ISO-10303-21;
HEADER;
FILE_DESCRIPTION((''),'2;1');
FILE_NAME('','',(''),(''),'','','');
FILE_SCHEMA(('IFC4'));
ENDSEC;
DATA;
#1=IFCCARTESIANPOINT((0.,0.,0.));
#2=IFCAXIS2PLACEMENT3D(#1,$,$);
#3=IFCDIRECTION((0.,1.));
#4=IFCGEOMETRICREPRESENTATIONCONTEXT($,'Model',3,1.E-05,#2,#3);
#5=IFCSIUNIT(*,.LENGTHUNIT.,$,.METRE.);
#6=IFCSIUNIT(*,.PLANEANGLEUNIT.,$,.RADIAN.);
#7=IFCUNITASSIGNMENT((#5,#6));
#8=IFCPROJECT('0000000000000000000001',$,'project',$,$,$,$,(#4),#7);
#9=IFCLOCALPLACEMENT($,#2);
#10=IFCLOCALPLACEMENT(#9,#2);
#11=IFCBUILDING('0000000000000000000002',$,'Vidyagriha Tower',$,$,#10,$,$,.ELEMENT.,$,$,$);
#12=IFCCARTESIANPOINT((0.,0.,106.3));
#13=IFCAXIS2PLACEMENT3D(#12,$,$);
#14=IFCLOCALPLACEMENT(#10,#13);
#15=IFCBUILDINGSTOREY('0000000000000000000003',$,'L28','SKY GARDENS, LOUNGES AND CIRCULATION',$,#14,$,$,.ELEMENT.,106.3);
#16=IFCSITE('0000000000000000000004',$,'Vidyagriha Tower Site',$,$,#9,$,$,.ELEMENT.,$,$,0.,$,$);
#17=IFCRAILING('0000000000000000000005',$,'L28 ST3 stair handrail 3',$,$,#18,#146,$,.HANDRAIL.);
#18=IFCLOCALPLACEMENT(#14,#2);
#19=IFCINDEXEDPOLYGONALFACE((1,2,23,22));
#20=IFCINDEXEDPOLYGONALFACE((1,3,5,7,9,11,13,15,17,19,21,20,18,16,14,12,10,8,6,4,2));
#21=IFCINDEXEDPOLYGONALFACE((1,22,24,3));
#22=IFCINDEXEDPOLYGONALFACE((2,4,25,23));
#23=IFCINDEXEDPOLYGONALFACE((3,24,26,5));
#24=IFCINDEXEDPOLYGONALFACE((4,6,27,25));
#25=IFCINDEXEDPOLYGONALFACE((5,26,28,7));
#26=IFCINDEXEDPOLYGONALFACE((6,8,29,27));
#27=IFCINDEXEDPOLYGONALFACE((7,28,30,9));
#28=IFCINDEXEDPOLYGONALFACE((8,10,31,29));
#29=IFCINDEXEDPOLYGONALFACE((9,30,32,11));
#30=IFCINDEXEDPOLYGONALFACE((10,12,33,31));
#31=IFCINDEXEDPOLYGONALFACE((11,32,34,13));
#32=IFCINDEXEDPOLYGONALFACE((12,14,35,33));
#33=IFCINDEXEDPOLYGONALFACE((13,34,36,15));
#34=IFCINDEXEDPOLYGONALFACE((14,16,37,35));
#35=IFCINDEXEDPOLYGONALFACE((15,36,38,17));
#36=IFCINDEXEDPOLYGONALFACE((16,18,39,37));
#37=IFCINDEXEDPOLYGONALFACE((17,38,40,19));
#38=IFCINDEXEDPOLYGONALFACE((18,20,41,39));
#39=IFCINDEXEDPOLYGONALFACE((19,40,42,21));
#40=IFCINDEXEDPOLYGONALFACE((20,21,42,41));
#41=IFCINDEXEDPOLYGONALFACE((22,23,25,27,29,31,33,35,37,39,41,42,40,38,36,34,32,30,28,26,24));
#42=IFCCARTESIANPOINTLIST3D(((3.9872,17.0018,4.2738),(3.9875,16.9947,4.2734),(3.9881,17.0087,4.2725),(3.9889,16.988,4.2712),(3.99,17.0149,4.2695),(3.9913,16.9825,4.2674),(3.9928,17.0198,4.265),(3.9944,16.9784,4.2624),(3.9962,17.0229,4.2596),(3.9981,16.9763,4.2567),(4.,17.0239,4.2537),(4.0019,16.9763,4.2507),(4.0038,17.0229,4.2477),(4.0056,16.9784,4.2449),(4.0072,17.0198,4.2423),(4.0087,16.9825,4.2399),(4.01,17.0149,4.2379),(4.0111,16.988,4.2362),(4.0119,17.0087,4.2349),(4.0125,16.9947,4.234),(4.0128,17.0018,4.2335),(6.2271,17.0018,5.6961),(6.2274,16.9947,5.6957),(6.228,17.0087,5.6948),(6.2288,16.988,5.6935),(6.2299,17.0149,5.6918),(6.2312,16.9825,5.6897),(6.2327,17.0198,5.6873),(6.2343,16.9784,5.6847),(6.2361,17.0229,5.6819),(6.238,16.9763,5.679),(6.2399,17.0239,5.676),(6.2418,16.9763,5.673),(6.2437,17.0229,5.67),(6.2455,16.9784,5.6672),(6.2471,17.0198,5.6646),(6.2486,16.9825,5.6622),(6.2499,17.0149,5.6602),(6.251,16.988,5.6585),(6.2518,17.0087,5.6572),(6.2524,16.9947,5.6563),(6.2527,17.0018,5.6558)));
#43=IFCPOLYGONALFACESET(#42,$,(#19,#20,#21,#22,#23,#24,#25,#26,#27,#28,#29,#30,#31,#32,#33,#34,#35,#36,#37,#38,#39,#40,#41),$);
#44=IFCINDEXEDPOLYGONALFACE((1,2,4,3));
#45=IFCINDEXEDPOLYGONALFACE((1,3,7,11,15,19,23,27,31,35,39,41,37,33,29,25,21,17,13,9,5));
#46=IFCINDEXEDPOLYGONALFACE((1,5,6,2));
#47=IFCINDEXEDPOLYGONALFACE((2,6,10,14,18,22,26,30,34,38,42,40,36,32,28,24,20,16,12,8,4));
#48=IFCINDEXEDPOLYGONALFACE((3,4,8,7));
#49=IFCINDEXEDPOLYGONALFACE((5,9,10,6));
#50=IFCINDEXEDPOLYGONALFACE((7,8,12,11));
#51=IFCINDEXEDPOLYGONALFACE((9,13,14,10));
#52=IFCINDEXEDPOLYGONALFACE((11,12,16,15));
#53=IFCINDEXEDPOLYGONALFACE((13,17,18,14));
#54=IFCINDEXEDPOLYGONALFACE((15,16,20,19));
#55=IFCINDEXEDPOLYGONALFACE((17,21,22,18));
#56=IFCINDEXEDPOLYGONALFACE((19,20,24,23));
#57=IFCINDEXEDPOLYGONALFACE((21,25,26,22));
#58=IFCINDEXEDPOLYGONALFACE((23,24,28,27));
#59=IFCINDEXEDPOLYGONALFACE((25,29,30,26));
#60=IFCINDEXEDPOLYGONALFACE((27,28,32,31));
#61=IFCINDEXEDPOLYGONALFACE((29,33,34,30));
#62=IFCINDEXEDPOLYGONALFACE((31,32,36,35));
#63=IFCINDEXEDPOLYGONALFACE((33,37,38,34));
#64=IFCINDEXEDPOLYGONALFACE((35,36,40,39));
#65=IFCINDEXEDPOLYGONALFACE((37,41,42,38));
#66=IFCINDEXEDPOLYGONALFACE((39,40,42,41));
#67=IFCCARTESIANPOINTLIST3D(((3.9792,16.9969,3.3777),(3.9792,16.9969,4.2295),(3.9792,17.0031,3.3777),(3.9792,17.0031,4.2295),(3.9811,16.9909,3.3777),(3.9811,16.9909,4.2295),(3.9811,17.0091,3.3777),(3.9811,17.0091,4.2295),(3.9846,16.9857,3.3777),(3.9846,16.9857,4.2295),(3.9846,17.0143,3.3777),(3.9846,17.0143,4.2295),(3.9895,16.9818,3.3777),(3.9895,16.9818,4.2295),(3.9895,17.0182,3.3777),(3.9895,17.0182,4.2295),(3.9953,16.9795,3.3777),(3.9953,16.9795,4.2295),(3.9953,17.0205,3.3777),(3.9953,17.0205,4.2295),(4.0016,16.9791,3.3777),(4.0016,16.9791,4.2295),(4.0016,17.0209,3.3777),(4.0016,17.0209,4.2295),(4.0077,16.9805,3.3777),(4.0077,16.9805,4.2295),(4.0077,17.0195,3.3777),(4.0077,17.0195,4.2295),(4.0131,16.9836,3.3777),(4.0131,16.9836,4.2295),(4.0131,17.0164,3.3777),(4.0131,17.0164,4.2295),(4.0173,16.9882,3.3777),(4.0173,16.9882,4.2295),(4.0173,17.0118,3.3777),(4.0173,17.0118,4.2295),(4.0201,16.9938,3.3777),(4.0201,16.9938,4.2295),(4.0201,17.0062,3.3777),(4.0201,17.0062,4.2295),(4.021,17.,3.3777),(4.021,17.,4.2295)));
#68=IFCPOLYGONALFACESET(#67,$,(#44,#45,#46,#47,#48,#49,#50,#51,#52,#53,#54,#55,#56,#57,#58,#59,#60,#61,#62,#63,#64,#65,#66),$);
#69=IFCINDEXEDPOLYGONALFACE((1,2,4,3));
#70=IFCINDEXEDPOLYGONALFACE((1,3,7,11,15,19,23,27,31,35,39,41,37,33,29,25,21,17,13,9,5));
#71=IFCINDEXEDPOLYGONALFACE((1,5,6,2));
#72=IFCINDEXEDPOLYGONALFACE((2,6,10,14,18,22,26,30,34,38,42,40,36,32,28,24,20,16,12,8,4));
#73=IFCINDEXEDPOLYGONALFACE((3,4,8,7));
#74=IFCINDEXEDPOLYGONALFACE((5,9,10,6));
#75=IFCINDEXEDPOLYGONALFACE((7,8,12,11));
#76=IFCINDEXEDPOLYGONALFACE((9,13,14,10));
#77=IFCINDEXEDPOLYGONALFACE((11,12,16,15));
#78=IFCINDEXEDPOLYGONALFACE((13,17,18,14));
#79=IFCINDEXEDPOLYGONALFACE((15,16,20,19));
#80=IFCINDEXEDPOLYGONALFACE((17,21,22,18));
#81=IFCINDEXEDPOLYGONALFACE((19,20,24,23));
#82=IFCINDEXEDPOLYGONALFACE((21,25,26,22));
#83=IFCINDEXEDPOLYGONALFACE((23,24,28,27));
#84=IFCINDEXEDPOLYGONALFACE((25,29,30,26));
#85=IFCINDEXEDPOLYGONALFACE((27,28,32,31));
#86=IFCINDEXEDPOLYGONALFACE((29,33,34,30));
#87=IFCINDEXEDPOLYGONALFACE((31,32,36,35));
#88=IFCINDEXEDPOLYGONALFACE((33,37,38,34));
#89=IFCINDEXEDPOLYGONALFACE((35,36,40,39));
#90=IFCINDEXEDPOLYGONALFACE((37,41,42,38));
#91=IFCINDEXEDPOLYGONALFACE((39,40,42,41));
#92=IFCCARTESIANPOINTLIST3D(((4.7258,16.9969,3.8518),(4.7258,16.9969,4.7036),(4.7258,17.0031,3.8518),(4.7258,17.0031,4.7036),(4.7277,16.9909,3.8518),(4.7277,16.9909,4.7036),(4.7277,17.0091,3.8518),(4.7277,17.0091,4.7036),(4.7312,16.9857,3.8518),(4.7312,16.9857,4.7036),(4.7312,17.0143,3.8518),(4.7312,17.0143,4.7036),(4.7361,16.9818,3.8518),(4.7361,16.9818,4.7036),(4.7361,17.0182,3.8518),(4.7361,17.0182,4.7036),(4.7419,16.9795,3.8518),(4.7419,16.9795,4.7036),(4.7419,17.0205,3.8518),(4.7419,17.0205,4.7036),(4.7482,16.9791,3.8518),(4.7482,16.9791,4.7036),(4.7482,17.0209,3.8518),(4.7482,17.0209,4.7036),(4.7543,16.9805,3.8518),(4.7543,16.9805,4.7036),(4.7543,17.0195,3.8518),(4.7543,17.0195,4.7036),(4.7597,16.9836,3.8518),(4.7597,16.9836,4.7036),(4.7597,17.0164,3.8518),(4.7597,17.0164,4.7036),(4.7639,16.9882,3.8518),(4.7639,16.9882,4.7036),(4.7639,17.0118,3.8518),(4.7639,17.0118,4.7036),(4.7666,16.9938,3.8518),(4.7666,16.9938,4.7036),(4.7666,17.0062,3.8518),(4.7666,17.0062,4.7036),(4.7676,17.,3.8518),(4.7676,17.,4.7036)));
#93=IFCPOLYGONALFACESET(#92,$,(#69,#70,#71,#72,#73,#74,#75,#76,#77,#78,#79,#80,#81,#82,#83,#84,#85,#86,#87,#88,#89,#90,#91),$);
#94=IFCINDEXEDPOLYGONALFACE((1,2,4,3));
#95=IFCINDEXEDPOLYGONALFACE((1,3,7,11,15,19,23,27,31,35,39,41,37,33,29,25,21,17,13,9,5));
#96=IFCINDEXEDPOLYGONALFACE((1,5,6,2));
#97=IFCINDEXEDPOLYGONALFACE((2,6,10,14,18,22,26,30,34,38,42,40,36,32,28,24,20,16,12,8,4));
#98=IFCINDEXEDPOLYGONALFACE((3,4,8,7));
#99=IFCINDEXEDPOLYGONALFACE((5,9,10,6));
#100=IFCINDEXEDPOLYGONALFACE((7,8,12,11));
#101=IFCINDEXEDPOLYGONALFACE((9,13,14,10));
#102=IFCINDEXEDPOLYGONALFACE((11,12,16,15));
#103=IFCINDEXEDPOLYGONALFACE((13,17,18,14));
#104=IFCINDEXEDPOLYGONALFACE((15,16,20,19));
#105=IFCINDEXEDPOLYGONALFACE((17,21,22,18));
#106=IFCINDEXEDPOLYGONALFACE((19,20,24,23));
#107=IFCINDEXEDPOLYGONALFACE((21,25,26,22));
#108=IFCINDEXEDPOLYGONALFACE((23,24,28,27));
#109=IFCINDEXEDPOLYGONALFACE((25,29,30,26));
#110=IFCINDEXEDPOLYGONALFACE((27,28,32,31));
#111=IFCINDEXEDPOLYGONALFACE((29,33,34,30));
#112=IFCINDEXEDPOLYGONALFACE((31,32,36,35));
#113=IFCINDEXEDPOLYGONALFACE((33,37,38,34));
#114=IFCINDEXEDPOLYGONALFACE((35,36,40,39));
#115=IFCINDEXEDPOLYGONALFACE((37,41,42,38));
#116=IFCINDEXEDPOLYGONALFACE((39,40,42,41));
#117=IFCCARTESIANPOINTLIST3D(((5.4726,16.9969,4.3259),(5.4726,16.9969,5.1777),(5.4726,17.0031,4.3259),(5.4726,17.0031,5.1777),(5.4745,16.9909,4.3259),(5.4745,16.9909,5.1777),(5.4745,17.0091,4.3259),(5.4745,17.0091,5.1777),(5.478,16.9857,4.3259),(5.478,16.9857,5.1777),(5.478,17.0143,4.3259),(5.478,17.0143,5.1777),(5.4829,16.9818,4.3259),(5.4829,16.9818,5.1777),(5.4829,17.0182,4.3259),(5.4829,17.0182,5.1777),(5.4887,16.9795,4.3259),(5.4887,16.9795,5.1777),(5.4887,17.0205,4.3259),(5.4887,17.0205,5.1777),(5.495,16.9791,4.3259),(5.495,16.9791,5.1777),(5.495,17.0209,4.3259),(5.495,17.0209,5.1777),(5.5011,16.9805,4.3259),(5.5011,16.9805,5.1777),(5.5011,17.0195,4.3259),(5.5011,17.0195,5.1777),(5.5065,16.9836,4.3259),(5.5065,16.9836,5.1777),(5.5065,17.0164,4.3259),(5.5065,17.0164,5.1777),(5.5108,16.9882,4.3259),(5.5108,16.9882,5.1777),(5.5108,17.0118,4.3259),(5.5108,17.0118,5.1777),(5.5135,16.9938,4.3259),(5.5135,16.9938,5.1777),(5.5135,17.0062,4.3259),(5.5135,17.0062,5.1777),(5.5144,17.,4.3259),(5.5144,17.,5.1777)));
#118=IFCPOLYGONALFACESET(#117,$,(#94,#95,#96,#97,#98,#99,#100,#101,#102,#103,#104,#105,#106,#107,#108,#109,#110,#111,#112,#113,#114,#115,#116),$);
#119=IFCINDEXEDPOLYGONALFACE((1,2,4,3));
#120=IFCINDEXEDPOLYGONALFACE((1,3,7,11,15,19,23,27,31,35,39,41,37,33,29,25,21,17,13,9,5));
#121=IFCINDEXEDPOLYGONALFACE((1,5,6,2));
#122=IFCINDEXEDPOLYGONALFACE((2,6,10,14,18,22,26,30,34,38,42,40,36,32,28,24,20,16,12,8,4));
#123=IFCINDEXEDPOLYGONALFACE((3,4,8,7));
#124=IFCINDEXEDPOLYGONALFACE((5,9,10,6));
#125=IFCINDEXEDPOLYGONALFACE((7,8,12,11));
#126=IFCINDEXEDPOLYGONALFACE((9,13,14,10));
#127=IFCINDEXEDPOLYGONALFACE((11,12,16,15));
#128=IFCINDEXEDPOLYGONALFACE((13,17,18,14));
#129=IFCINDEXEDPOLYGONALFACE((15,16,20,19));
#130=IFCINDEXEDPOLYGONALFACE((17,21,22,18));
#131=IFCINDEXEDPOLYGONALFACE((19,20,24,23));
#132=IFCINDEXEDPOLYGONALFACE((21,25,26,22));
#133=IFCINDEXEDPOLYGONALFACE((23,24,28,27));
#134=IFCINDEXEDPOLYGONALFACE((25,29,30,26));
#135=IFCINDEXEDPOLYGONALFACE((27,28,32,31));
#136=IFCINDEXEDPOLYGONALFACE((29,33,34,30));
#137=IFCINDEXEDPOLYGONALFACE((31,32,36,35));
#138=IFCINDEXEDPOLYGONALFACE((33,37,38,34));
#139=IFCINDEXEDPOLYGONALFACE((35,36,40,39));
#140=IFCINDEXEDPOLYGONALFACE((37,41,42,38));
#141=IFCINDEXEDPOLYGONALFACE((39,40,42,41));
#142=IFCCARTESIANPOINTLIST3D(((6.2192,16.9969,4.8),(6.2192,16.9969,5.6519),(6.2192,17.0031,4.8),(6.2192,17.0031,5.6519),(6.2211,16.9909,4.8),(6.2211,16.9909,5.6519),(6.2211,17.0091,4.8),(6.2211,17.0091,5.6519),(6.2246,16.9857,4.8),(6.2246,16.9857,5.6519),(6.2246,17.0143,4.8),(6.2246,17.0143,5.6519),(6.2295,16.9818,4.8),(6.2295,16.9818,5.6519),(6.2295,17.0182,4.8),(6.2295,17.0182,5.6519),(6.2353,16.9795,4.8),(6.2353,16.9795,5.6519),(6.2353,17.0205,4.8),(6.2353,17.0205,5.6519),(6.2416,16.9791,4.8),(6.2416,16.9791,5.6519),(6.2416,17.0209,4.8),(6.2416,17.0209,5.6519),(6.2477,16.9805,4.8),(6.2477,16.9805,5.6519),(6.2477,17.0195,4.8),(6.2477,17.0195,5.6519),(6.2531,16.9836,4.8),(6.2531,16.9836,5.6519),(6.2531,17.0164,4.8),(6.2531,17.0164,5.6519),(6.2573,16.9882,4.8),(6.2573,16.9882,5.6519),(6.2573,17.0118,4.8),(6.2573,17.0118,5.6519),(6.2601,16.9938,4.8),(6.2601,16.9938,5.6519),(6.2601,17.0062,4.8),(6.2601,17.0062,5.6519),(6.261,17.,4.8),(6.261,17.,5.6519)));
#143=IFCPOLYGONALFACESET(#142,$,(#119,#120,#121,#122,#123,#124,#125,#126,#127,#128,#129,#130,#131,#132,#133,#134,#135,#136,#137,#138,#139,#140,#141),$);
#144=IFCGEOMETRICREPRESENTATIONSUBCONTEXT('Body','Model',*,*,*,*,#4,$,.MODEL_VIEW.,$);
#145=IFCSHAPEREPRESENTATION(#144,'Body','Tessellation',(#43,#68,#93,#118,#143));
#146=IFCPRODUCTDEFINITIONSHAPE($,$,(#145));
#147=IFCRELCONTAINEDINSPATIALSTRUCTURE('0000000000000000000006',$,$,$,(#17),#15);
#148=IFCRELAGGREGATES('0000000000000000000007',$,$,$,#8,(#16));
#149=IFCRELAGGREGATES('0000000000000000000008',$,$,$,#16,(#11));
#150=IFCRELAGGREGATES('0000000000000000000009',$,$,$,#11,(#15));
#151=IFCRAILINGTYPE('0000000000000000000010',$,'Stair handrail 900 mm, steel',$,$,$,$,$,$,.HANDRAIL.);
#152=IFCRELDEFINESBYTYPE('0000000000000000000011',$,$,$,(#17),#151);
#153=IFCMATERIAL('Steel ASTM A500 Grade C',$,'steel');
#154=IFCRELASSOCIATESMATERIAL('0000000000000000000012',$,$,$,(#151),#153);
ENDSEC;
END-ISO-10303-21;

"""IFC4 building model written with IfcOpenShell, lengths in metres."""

from ifc_helpers import new_model, si_unit, direction, frame, origin, origin_2d, place, context, subcontext, project, spatial, circle, extrude, material, type_object, element, save


model = new_model("IFC4")

# Units and contexts
model_context = context("Model", 3, precision=1e-05, world=origin(), true_north=direction((0.0, 1.0)))
body_context = subcontext(model_context, "Body", "Model", "MODEL_VIEW")
ifc_project = project(units=[si_unit("LENGTHUNIT", "METRE"), si_unit("PLANEANGLEUNIT", "RADIAN")], contexts=[model_context])

# Site, building, storey
site_placement = place(None, origin())
site = spatial("IfcSite", under=ifc_project, at=site_placement, Name="Vidyagriha Tower Site", CompositionType="ELEMENT", RefElevation=0.0)
building_placement = place(site_placement, origin())
building = spatial("IfcBuilding", under=site, at=building_placement, Name="Vidyagriha Tower", CompositionType="ELEMENT")
storey_placement = place(building_placement, frame((0.0, 0.0, 106.3)))
storey = spatial("IfcBuildingStorey", under=building, at=storey_placement, Name="L28", Description="SKY GARDENS, LOUNGES AND CIRCULATION", CompositionType="ELEMENT", Elevation=106.3)

# Railing
ifc_material_1 = material(Name="Steel ASTM A500 Grade C", Category="steel")
railing_type_1 = type_object("IfcRailingType", Name="Stair handrail 900 mm, steel", PredefinedType="HANDRAIL", material=ifc_material_1)
for number, where, name in (
    (1, (4.0, 17.0, 3.3777), "L28 ST3 stair handrail 3"),
):
    element("IfcRailing", number, at=place(storey_placement, frame(where)), inside=storey, type_object=railing_type_1, Name=name, PredefinedType="HANDRAIL", context=body_context, shape_type="SweptSolid", body=[
        extrude(circle(Radius=0.0239, at=origin_2d()), frame((0.0, 0.0, 0.876), z_axis=(0.844188, 0.0, 0.536048), x_axis=(0.0, 1.0, 0.0)), (0.0, 0.0, 1.0), 2.6533),
        extrude(circle(Radius=0.021, at=origin_2d()), origin(), (0.0, 0.0, 1.0), 0.8518),
        extrude(circle(Radius=0.021, at=origin_2d()), frame((0.7466, 0.0, 0.4741)), (0.0, 0.0, 1.0), 0.8518),
        extrude(circle(Radius=0.021, at=origin_2d()), frame((1.4934, 0.0, 0.9482)), (0.0, 0.0, 1.0), 0.8518),
        extrude(circle(Radius=0.021, at=origin_2d()), frame((2.24, 0.0, 1.4224)), (0.0, 0.0, 1.0), 0.8518),
    ])

save(model, "model.ifc")
